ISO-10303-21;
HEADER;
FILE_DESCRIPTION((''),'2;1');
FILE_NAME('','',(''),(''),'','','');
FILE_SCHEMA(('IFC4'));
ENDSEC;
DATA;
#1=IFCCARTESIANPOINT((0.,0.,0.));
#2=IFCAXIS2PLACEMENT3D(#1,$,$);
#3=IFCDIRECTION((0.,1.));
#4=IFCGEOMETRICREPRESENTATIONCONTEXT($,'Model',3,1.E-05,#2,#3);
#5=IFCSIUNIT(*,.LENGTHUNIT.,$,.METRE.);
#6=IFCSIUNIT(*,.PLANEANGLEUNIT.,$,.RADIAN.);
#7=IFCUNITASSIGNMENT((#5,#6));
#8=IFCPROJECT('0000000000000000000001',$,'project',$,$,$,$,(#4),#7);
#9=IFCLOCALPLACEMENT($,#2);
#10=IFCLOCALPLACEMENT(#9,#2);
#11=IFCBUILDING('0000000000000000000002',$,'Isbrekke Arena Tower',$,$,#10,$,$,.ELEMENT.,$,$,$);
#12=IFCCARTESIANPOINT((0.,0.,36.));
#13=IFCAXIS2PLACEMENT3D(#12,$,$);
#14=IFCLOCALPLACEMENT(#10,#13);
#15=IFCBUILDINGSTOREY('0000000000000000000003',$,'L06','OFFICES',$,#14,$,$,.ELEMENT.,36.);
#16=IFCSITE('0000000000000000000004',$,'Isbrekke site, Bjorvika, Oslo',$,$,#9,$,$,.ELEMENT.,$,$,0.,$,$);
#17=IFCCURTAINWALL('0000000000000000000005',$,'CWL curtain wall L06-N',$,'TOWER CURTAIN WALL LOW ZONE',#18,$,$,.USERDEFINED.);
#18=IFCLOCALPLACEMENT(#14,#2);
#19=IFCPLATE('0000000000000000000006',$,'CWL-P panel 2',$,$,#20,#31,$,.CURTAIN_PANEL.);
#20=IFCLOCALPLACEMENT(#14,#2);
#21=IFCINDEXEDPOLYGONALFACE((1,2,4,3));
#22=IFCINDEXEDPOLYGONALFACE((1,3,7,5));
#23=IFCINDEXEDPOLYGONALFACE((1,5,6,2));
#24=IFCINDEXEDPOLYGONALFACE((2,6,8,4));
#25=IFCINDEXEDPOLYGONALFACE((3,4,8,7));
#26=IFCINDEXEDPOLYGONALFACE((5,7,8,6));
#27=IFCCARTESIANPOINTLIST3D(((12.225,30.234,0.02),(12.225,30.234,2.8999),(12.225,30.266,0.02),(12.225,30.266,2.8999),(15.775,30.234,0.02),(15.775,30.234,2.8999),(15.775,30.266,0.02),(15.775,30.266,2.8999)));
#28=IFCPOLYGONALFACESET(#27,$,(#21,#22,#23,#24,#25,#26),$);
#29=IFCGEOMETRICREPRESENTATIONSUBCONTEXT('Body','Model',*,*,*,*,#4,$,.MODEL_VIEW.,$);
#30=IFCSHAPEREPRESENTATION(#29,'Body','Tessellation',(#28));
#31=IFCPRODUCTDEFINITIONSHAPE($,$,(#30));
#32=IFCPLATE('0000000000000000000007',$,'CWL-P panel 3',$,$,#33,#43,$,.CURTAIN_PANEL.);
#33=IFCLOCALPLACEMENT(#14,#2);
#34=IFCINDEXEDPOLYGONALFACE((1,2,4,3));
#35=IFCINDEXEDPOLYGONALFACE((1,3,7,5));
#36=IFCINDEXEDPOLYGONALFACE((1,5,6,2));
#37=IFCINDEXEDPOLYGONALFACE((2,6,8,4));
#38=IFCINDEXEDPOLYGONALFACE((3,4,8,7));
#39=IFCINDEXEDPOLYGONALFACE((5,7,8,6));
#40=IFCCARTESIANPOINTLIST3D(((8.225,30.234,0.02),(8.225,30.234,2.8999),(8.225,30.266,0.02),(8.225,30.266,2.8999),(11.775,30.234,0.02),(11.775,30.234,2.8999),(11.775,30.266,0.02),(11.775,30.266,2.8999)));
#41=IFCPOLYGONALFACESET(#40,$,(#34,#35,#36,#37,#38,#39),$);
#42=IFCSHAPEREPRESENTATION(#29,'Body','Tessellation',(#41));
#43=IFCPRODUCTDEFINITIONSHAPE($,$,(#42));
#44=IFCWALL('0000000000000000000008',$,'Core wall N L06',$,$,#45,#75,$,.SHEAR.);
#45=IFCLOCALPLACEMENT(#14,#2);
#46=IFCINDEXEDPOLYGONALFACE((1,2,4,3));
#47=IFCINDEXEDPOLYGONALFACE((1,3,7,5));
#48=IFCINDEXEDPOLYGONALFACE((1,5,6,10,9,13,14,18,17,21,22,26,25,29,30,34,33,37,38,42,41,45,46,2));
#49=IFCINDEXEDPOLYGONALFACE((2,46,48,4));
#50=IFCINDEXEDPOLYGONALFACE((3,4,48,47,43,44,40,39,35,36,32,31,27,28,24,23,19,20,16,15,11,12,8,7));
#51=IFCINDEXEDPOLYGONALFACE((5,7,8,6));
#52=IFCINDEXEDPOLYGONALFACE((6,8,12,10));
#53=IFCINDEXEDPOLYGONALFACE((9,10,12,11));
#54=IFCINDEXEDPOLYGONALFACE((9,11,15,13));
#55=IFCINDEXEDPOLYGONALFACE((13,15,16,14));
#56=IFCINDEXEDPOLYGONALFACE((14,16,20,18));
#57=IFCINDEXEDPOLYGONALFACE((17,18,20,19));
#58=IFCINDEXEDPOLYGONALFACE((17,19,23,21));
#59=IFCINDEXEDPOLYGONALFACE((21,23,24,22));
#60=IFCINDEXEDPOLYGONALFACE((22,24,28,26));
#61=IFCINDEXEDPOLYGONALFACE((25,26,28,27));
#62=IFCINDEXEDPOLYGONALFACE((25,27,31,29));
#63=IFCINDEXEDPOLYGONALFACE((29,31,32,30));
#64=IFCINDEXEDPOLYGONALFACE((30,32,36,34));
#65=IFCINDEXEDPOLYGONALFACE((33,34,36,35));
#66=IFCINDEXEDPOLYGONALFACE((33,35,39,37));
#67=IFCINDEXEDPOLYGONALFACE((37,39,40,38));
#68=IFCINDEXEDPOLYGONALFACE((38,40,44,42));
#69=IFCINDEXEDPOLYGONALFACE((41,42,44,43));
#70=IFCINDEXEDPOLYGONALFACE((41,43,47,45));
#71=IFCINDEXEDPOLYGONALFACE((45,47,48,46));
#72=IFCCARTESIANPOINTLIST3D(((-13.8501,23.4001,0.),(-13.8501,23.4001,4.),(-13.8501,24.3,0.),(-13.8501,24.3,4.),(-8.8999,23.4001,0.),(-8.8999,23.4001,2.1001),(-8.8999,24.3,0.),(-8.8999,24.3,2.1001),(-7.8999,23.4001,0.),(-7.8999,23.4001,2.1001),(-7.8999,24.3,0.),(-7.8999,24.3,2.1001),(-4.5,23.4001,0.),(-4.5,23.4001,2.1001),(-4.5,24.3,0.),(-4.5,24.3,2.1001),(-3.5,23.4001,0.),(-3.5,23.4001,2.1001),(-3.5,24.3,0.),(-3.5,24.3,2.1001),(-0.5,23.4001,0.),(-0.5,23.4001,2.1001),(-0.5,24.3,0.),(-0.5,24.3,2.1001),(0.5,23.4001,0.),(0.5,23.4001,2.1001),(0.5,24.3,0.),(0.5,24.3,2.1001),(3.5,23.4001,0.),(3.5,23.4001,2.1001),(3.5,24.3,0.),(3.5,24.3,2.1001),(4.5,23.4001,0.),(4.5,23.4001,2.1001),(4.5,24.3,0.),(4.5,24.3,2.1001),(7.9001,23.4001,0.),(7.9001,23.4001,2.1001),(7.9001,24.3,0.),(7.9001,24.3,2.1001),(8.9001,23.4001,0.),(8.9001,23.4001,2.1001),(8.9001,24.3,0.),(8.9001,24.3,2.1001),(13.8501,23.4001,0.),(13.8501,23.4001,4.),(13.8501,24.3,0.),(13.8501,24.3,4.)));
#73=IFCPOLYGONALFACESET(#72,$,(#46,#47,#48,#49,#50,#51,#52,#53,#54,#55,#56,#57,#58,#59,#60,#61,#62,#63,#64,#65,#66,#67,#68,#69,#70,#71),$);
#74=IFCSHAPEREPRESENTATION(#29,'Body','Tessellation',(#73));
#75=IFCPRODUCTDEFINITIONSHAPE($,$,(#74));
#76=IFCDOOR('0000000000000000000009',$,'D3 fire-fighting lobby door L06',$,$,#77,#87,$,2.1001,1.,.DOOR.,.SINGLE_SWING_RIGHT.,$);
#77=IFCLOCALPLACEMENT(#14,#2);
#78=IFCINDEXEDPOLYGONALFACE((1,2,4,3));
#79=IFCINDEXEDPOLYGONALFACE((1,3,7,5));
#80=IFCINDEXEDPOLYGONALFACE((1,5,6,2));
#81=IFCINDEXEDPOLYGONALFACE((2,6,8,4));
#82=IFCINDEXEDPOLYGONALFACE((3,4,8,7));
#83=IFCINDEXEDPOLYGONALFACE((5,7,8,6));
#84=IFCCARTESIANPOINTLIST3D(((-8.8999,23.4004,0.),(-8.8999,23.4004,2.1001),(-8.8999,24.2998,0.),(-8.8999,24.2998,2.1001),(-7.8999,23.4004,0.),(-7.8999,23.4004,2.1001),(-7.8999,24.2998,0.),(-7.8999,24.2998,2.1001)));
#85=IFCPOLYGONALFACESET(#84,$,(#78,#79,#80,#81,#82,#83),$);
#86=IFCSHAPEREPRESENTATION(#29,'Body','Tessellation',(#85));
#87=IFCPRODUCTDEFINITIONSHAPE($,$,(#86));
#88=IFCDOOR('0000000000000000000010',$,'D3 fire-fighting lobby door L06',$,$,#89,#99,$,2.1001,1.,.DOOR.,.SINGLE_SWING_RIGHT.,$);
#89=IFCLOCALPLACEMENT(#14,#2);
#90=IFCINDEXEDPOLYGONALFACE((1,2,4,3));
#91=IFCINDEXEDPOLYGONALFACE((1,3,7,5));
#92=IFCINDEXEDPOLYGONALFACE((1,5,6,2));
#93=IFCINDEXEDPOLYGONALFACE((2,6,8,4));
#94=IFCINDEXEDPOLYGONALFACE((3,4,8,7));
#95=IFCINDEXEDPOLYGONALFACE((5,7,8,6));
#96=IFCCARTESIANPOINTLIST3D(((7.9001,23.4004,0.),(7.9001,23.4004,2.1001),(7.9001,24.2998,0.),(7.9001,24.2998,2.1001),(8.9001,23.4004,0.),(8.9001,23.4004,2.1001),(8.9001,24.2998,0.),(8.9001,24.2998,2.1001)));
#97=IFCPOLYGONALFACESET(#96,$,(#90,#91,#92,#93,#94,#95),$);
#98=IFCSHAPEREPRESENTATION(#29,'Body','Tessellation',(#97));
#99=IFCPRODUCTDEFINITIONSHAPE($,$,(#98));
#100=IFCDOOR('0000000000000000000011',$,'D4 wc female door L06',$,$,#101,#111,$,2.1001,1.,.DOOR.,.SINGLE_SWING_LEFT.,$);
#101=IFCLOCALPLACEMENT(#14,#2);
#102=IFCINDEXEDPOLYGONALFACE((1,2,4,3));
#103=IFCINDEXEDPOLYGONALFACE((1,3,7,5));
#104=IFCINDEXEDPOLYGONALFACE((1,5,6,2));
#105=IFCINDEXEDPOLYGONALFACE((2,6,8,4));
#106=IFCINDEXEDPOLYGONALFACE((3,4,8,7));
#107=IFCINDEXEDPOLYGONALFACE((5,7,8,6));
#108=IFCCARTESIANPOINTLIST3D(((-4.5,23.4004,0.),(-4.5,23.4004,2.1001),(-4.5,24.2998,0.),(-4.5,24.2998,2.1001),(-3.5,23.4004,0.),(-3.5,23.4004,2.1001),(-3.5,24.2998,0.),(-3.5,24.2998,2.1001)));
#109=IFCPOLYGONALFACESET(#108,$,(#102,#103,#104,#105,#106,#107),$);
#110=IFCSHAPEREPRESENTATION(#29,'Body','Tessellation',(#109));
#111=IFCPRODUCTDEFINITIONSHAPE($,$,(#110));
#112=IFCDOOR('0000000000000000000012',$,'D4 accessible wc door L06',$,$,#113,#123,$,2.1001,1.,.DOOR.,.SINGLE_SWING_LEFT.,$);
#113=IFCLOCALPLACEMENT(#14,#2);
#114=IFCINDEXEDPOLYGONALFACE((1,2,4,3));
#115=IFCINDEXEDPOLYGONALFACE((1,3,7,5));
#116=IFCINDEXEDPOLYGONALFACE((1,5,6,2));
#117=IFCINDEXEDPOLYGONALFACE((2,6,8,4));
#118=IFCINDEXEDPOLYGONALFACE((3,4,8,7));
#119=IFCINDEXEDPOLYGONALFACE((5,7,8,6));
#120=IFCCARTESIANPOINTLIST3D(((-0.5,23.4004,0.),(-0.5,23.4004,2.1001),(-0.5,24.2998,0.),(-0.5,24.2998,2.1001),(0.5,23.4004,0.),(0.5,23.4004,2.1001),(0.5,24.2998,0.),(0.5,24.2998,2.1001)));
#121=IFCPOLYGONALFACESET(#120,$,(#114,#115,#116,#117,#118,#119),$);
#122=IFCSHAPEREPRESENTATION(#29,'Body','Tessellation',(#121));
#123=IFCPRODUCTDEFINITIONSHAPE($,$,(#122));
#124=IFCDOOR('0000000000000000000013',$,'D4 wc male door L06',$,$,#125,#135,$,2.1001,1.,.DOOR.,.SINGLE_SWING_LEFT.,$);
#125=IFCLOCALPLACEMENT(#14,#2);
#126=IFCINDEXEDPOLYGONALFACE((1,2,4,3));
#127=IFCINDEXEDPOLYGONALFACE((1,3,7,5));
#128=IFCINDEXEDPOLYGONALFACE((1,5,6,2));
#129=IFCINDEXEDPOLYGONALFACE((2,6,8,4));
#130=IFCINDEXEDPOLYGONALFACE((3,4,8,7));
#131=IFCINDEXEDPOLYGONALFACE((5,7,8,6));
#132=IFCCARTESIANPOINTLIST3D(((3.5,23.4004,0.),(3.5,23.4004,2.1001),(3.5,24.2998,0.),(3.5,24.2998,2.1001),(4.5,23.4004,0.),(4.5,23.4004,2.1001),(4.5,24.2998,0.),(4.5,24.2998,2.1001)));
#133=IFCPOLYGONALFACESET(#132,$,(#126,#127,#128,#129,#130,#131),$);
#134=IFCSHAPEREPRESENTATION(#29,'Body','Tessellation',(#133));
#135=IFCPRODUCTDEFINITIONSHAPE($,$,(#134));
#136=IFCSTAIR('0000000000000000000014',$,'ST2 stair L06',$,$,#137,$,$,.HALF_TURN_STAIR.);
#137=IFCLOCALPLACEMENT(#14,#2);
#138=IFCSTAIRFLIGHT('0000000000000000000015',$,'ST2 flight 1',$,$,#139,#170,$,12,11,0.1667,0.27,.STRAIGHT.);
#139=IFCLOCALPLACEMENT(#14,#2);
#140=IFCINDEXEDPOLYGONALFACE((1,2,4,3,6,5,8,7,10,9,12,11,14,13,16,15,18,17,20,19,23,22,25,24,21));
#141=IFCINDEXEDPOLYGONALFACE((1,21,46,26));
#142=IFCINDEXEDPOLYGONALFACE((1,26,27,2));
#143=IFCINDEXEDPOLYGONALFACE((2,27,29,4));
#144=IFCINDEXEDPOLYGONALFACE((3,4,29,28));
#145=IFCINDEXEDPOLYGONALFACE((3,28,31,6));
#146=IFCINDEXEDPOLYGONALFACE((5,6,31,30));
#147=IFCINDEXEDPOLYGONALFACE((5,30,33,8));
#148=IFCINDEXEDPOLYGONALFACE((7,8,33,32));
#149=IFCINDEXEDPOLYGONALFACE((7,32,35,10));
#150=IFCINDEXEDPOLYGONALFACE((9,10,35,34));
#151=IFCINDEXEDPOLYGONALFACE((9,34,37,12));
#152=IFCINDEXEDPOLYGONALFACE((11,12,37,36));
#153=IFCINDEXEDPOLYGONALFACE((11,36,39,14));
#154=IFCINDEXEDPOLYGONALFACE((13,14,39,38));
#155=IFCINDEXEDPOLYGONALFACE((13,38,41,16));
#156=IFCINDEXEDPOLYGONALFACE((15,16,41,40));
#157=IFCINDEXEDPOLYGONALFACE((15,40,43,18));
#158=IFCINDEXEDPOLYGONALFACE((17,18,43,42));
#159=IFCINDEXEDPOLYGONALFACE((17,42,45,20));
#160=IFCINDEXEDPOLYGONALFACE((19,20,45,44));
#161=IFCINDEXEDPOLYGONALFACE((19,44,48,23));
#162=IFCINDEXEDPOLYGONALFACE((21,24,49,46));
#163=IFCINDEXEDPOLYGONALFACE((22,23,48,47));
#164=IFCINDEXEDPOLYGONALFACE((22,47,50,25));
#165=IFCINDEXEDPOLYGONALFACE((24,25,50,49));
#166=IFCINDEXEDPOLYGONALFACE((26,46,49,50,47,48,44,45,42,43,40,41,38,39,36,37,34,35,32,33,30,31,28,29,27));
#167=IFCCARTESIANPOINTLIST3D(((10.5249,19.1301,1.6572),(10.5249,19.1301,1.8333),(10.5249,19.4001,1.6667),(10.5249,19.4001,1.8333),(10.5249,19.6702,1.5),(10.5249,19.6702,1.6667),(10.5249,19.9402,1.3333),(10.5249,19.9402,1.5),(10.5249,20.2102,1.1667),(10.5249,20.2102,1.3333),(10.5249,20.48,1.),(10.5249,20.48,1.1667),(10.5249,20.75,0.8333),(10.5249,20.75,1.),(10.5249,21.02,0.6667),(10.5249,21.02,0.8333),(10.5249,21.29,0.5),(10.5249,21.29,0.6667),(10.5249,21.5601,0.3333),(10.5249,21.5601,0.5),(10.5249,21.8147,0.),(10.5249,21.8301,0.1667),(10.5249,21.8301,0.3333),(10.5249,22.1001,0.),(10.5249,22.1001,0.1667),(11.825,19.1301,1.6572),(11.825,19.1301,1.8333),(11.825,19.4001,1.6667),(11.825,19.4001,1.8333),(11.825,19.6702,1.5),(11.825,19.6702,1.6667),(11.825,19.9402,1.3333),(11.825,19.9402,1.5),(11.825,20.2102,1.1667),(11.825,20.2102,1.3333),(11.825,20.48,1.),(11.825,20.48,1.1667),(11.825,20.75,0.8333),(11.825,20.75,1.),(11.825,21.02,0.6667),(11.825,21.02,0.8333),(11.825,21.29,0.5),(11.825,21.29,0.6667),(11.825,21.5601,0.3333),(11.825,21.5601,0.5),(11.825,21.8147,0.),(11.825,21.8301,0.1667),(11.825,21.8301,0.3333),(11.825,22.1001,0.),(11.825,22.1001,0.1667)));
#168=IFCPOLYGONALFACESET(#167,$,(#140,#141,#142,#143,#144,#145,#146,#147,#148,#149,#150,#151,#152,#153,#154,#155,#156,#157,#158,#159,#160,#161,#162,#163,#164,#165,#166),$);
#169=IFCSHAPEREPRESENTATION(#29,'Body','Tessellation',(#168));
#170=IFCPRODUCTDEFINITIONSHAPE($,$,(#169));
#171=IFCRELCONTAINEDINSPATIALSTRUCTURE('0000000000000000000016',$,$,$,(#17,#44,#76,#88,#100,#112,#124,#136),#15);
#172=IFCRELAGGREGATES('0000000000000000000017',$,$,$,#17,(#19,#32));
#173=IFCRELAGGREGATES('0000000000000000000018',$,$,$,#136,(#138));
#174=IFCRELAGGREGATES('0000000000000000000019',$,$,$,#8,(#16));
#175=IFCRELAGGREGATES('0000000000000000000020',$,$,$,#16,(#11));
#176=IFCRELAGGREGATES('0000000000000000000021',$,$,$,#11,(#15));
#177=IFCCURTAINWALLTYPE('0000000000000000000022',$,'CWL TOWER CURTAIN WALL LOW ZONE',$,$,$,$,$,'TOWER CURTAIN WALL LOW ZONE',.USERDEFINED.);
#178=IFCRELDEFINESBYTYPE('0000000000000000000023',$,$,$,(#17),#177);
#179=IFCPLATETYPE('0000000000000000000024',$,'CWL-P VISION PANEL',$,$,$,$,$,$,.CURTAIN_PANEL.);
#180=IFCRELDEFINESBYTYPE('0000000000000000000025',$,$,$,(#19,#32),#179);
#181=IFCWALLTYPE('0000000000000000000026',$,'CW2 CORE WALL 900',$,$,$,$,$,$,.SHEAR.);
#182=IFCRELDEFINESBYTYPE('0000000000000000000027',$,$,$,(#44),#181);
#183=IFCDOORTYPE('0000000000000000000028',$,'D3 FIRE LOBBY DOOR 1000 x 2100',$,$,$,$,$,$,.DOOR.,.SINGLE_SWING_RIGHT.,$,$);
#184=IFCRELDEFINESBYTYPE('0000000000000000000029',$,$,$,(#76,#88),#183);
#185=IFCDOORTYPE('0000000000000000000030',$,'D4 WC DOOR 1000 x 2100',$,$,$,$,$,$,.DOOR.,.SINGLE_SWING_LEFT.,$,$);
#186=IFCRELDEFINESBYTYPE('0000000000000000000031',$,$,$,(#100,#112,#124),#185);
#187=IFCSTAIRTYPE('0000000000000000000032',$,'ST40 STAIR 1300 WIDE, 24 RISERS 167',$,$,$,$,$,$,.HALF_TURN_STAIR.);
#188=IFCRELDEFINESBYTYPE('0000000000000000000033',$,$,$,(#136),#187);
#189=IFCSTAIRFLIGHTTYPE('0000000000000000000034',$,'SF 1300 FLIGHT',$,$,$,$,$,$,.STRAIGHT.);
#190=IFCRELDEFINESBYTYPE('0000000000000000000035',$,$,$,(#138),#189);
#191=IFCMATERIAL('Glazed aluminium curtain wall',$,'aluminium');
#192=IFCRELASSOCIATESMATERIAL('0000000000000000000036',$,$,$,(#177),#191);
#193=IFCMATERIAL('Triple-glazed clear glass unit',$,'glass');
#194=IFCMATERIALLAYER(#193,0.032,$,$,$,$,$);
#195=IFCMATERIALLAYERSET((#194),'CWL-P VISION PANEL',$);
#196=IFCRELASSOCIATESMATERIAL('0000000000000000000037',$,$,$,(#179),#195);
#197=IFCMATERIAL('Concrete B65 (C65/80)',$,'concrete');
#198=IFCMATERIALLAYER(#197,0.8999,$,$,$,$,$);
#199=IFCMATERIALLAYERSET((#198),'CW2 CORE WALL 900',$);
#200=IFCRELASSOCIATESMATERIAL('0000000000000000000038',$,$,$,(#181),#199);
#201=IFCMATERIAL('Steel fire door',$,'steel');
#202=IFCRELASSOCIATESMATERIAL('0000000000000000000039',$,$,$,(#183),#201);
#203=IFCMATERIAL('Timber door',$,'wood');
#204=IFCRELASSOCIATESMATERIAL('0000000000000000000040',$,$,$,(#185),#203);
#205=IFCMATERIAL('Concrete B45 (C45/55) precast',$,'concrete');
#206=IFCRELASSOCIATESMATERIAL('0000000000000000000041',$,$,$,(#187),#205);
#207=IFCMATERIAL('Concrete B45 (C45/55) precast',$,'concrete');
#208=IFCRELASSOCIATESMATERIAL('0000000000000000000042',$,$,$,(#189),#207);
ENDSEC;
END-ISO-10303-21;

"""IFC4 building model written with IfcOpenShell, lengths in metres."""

from ifc_helpers import new_model, si_unit, direction, frame, frame_2d, origin, origin_2d, place, context, subcontext, project, spatial, polyline, rectangle, outline, extrude, material, layer, layer_set, type_object, element, fill, aggregate, save


model = new_model("IFC4")

# Units and contexts
model_context = context("Model", 3, precision=1e-05, world=origin(), true_north=direction((0.0, 1.0)))
body_context = subcontext(model_context, "Body", "Model", "MODEL_VIEW")
ifc_project = project(units=[si_unit("LENGTHUNIT", "METRE"), si_unit("PLANEANGLEUNIT", "RADIAN")], contexts=[model_context])

# Site, building, storey
site_placement = place(None, origin())
site = spatial("IfcSite", under=ifc_project, at=site_placement, Name="Isbrekke site, Bjorvika, Oslo", CompositionType="ELEMENT", RefElevation=0.0)
building_placement = place(site_placement, origin())
building = spatial("IfcBuilding", under=site, at=building_placement, Name="Isbrekke Arena Tower", CompositionType="ELEMENT")
storey_placement = place(building_placement, frame((0.0, 0.0, 36.0)))
storey = spatial("IfcBuildingStorey", under=building, at=storey_placement, Name="L06", Description="OFFICES", CompositionType="ELEMENT", Elevation=36.0)

# Curtain wall
ifc_material_1 = material(Name="Glazed aluminium curtain wall", Category="aluminium")
curtain_wall_type = type_object("IfcCurtainWallType", Name="CWL TOWER CURTAIN WALL LOW ZONE", ElementType="TOWER CURTAIN WALL LOW ZONE", PredefinedType="USERDEFINED", material=ifc_material_1)
curtain_wall_placement = place(storey_placement, origin())
curtain_wall = element("IfcCurtainWall", 1, at=curtain_wall_placement, inside=storey, type_object=curtain_wall_type, Name="CWL curtain wall L06-N", ObjectType="TOWER CURTAIN WALL LOW ZONE", PredefinedType="USERDEFINED")

# Plates
ifc_material_2 = material(Name="Triple-glazed clear glass unit", Category="glass")
ifc_layer_1 = layer(ifc_material_2, 0.032)
ifc_layer_set_1 = layer_set([ifc_layer_1], Name="CWL-P VISION PANEL")
plate_type = type_object("IfcPlateType", Name="CWL-P VISION PANEL", PredefinedType="CURTAIN_PANEL", material=ifc_layer_set_1)
plate_1_placement = place(storey_placement, frame((14.0, 30.25, 0.02), z_axis=(0.0, 0.0, 1.0), x_axis=(-1.0, 0.0, 0.0)))
plate_1 = element("IfcPlate", 2, at=plate_1_placement, type_object=plate_type, Name="CWL-P panel 2", PredefinedType="CURTAIN_PANEL", context=body_context, shape_type="SweptSolid", body=[
    extrude(rectangle(XDim=3.55, YDim=0.032, at=origin_2d()), origin(), (0.0, 0.0, 1.0), 2.8799),
])
plate_2_placement = place(storey_placement, frame((10.0, 30.25, 0.02), z_axis=(0.0, 0.0, 1.0), x_axis=(-1.0, 0.0, 0.0)))
plate_2 = element("IfcPlate", 3, at=plate_2_placement, type_object=plate_type, Name="CWL-P panel 3", PredefinedType="CURTAIN_PANEL", context=body_context, shape_type="SweptSolid", body=[
    extrude(rectangle(XDim=3.55, YDim=0.032, at=origin_2d()), origin(), (0.0, 0.0, 1.0), 2.8799),
])
aggregate(curtain_wall, [plate_1, plate_2])

# Wall, openings, doors
ifc_material_3 = material(Name="Concrete B65 (C65/80)", Category="concrete")
ifc_layer_2 = layer(ifc_material_3, 0.8999)
ifc_layer_set_2 = layer_set([ifc_layer_2], Name="CW2 CORE WALL 900")
wall_type = type_object("IfcWallType", Name="CW2 CORE WALL 900", PredefinedType="SHEAR", material=ifc_layer_set_2)
wall_placement = place(storey_placement, frame((13.8501, 23.8501, 0.0), z_axis=(0.0, 0.0, 1.0), x_axis=(-1.0, 0.0, 0.0)))
wall = element("IfcWall", 4, at=wall_placement, inside=storey, type_object=wall_type, Name="Core wall N L06", PredefinedType="SHEAR", context=body_context, shape_type="SweptSolid", body=[
    extrude(rectangle(XDim=27.7002, YDim=0.8999, at=frame_2d((13.8501, 0.0))), origin(), (0.0, 0.0, 1.0), 4.0),
])
opening_1_placement = place(wall_placement, frame((21.75, 0.0, 0.0)))
opening_1 = element("IfcOpeningElement", 5, at=opening_1_placement, cuts=wall, PredefinedType="OPENING", context=body_context, shape_type="SweptSolid", body=[
    extrude(rectangle(XDim=1.0, YDim=2.1001, at=frame_2d((0.5, 1.05))), frame((0.0, 0.4648, 0.0), z_axis=(0.0, -1.0, 0.0), x_axis=(1.0, 0.0, 0.0)), (0.0, 0.0, 1.0), 0.9297),
])
opening_2_placement = place(wall_placement, frame((4.95, 0.0, 0.0)))
opening_2 = element("IfcOpeningElement", 6, at=opening_2_placement, cuts=wall, PredefinedType="OPENING", context=body_context, shape_type="SweptSolid", body=[
    extrude(rectangle(XDim=1.0, YDim=2.1001, at=frame_2d((0.5, 1.05))), frame((0.0, 0.4648, 0.0), z_axis=(0.0, -1.0, 0.0), x_axis=(1.0, 0.0, 0.0)), (0.0, 0.0, 1.0), 0.9297),
])
opening_3_placement = place(wall_placement, frame((17.3501, 0.0, 0.0)))
opening_3 = element("IfcOpeningElement", 7, at=opening_3_placement, cuts=wall, PredefinedType="OPENING", context=body_context, shape_type="SweptSolid", body=[
    extrude(rectangle(XDim=1.0, YDim=2.1001, at=frame_2d((0.5, 1.05))), frame((0.0, 0.4648, 0.0), z_axis=(0.0, -1.0, 0.0), x_axis=(1.0, 0.0, 0.0)), (0.0, 0.0, 1.0), 0.9297),
])
opening_4_placement = place(wall_placement, frame((13.3501, 0.0, 0.0)))
opening_4 = element("IfcOpeningElement", 8, at=opening_4_placement, cuts=wall, PredefinedType="OPENING", context=body_context, shape_type="SweptSolid", body=[
    extrude(rectangle(XDim=1.0, YDim=2.1001, at=frame_2d((0.5, 1.05))), frame((0.0, 0.4648, 0.0), z_axis=(0.0, -1.0, 0.0), x_axis=(1.0, 0.0, 0.0)), (0.0, 0.0, 1.0), 0.9297),
])
opening_5_placement = place(wall_placement, frame((9.3501, 0.0, 0.0)))
opening_5 = element("IfcOpeningElement", 9, at=opening_5_placement, cuts=wall, PredefinedType="OPENING", context=body_context, shape_type="SweptSolid", body=[
    extrude(rectangle(XDim=1.0, YDim=2.1001, at=frame_2d((0.5, 1.05))), frame((0.0, 0.4648, 0.0), z_axis=(0.0, -1.0, 0.0), x_axis=(1.0, 0.0, 0.0)), (0.0, 0.0, 1.0), 0.9297),
])
ifc_material_4 = material(Name="Steel fire door", Category="steel")
door_type_1 = type_object("IfcDoorType", Name="D3 FIRE LOBBY DOOR 1000 x 2100", OperationType="SINGLE_SWING_RIGHT", PredefinedType="DOOR", material=ifc_material_4)
door_1_placement = place(opening_1_placement, origin())
door_1 = element("IfcDoor", 10, at=door_1_placement, inside=storey, type_object=door_type_1, Name="D3 fire-fighting lobby door L06", OperationType="SINGLE_SWING_RIGHT", OverallHeight=2.1001, OverallWidth=1.0, PredefinedType="DOOR", context=body_context, shape_type="SweptSolid", body=[
    extrude(rectangle(XDim=1.0, YDim=2.1001, at=frame_2d((0.5, 1.05))), frame((0.0, 0.4497, 0.0), z_axis=(0.0, -1.0, 0.0), x_axis=(1.0, 0.0, 0.0)), (0.0, 0.0, 1.0), 0.8994),
])
fill(opening_1, door_1)
door_2_placement = place(opening_2_placement, origin())
door_2 = element("IfcDoor", 11, at=door_2_placement, inside=storey, type_object=door_type_1, Name="D3 fire-fighting lobby door L06", OperationType="SINGLE_SWING_RIGHT", OverallHeight=2.1001, OverallWidth=1.0, PredefinedType="DOOR", context=body_context, shape_type="SweptSolid", body=[
    extrude(rectangle(XDim=1.0, YDim=2.1001, at=frame_2d((0.5, 1.05))), frame((0.0, 0.4497, 0.0), z_axis=(0.0, -1.0, 0.0), x_axis=(1.0, 0.0, 0.0)), (0.0, 0.0, 1.0), 0.8994),
])
fill(opening_2, door_2)
ifc_material_5 = material(Name="Timber door", Category="wood")
door_type_2 = type_object("IfcDoorType", Name="D4 WC DOOR 1000 x 2100", OperationType="SINGLE_SWING_LEFT", PredefinedType="DOOR", material=ifc_material_5)
door_3_placement = place(opening_3_placement, origin())
door_3 = element("IfcDoor", 12, at=door_3_placement, inside=storey, type_object=door_type_2, Name="D4 wc female door L06", OperationType="SINGLE_SWING_LEFT", OverallHeight=2.1001, OverallWidth=1.0, PredefinedType="DOOR", context=body_context, shape_type="SweptSolid", body=[
    extrude(rectangle(XDim=1.0, YDim=2.1001, at=frame_2d((0.5, 1.05))), frame((0.0, 0.4497, 0.0), z_axis=(0.0, -1.0, 0.0), x_axis=(1.0, 0.0, 0.0)), (0.0, 0.0, 1.0), 0.8994),
])
fill(opening_3, door_3)
door_4_placement = place(opening_4_placement, origin())
door_4 = element("IfcDoor", 13, at=door_4_placement, inside=storey, type_object=door_type_2, Name="D4 accessible wc door L06", OperationType="SINGLE_SWING_LEFT", OverallHeight=2.1001, OverallWidth=1.0, PredefinedType="DOOR", context=body_context, shape_type="SweptSolid", body=[
    extrude(rectangle(XDim=1.0, YDim=2.1001, at=frame_2d((0.5, 1.05))), frame((0.0, 0.4497, 0.0), z_axis=(0.0, -1.0, 0.0), x_axis=(1.0, 0.0, 0.0)), (0.0, 0.0, 1.0), 0.8994),
])
fill(opening_4, door_4)
door_5_placement = place(opening_5_placement, origin())
door_5 = element("IfcDoor", 14, at=door_5_placement, inside=storey, type_object=door_type_2, Name="D4 wc male door L06", OperationType="SINGLE_SWING_LEFT", OverallHeight=2.1001, OverallWidth=1.0, PredefinedType="DOOR", context=body_context, shape_type="SweptSolid", body=[
    extrude(rectangle(XDim=1.0, YDim=2.1001, at=frame_2d((0.5, 1.05))), frame((0.0, 0.4497, 0.0), z_axis=(0.0, -1.0, 0.0), x_axis=(1.0, 0.0, 0.0)), (0.0, 0.0, 1.0), 0.8994),
])
fill(opening_5, door_5)

# Stair, stair flight
ifc_material_6 = material(Name="Concrete B45 (C45/55) precast", Category="concrete")
stair_type = type_object("IfcStairType", Name="ST40 STAIR 1300 WIDE, 24 RISERS 167", PredefinedType="HALF_TURN_STAIR", material=ifc_material_6)
stair_placement = place(storey_placement, origin())
stair = element("IfcStair", 15, at=stair_placement, inside=storey, type_object=stair_type, Name="ST2 stair L06", PredefinedType="HALF_TURN_STAIR")
ifc_material_7 = material(Name="Concrete B45 (C45/55) precast", Category="concrete")
stair_flight_type = type_object("IfcStairFlightType", Name="SF 1300 FLIGHT", PredefinedType="STRAIGHT", material=ifc_material_7)
stair_flight_1_placement = place(storey_placement, frame((11.175, 22.1001, 0.0), z_axis=(0.0, 0.0, 1.0), x_axis=(0.0, -1.0, 0.0)))
stair_flight_1 = element("IfcStairFlight", 16, at=stair_flight_1_placement, type_object=stair_flight_type, Name="ST2 flight 1", NumberOfRisers=12, NumberOfTreads=11, PredefinedType="STRAIGHT", RiserHeight=0.1667, TreadLength=0.27, context=body_context, shape_type="SweptSolid", body=[
    extrude(outline(polyline([(0.0, 0.0), (0.0, 0.1667), (0.27, 0.1667), (0.27, 0.3333), (0.54, 0.3333), (0.54, 0.5), (0.8101, 0.5), (0.8101, 0.6667), (1.0801, 0.6667), (1.0801, 0.8333), (1.3501, 0.8333), (1.3501, 1.0), (1.6201, 1.0), (1.6201, 1.1667), (1.8899, 1.1667), (1.8899, 1.3333), (2.1599, 1.3333), (2.1599, 1.5), (2.4299, 1.5), (2.4299, 1.6667), (2.7, 1.6667), (2.7, 1.8333), (2.97, 1.8333), (2.97, 2.0), (2.97, 1.6572), (0.2854, 0.0), (0.0, 0.0)])), frame((0.0, 0.6499, 0.0), z_axis=(0.0, -1.0, 0.0), x_axis=(1.0, 0.0, 0.0)), (0.0, 0.0, 1.0), 1.3),
])
aggregate(stair, [stair_flight_1])

save(model, "model.ifc")
